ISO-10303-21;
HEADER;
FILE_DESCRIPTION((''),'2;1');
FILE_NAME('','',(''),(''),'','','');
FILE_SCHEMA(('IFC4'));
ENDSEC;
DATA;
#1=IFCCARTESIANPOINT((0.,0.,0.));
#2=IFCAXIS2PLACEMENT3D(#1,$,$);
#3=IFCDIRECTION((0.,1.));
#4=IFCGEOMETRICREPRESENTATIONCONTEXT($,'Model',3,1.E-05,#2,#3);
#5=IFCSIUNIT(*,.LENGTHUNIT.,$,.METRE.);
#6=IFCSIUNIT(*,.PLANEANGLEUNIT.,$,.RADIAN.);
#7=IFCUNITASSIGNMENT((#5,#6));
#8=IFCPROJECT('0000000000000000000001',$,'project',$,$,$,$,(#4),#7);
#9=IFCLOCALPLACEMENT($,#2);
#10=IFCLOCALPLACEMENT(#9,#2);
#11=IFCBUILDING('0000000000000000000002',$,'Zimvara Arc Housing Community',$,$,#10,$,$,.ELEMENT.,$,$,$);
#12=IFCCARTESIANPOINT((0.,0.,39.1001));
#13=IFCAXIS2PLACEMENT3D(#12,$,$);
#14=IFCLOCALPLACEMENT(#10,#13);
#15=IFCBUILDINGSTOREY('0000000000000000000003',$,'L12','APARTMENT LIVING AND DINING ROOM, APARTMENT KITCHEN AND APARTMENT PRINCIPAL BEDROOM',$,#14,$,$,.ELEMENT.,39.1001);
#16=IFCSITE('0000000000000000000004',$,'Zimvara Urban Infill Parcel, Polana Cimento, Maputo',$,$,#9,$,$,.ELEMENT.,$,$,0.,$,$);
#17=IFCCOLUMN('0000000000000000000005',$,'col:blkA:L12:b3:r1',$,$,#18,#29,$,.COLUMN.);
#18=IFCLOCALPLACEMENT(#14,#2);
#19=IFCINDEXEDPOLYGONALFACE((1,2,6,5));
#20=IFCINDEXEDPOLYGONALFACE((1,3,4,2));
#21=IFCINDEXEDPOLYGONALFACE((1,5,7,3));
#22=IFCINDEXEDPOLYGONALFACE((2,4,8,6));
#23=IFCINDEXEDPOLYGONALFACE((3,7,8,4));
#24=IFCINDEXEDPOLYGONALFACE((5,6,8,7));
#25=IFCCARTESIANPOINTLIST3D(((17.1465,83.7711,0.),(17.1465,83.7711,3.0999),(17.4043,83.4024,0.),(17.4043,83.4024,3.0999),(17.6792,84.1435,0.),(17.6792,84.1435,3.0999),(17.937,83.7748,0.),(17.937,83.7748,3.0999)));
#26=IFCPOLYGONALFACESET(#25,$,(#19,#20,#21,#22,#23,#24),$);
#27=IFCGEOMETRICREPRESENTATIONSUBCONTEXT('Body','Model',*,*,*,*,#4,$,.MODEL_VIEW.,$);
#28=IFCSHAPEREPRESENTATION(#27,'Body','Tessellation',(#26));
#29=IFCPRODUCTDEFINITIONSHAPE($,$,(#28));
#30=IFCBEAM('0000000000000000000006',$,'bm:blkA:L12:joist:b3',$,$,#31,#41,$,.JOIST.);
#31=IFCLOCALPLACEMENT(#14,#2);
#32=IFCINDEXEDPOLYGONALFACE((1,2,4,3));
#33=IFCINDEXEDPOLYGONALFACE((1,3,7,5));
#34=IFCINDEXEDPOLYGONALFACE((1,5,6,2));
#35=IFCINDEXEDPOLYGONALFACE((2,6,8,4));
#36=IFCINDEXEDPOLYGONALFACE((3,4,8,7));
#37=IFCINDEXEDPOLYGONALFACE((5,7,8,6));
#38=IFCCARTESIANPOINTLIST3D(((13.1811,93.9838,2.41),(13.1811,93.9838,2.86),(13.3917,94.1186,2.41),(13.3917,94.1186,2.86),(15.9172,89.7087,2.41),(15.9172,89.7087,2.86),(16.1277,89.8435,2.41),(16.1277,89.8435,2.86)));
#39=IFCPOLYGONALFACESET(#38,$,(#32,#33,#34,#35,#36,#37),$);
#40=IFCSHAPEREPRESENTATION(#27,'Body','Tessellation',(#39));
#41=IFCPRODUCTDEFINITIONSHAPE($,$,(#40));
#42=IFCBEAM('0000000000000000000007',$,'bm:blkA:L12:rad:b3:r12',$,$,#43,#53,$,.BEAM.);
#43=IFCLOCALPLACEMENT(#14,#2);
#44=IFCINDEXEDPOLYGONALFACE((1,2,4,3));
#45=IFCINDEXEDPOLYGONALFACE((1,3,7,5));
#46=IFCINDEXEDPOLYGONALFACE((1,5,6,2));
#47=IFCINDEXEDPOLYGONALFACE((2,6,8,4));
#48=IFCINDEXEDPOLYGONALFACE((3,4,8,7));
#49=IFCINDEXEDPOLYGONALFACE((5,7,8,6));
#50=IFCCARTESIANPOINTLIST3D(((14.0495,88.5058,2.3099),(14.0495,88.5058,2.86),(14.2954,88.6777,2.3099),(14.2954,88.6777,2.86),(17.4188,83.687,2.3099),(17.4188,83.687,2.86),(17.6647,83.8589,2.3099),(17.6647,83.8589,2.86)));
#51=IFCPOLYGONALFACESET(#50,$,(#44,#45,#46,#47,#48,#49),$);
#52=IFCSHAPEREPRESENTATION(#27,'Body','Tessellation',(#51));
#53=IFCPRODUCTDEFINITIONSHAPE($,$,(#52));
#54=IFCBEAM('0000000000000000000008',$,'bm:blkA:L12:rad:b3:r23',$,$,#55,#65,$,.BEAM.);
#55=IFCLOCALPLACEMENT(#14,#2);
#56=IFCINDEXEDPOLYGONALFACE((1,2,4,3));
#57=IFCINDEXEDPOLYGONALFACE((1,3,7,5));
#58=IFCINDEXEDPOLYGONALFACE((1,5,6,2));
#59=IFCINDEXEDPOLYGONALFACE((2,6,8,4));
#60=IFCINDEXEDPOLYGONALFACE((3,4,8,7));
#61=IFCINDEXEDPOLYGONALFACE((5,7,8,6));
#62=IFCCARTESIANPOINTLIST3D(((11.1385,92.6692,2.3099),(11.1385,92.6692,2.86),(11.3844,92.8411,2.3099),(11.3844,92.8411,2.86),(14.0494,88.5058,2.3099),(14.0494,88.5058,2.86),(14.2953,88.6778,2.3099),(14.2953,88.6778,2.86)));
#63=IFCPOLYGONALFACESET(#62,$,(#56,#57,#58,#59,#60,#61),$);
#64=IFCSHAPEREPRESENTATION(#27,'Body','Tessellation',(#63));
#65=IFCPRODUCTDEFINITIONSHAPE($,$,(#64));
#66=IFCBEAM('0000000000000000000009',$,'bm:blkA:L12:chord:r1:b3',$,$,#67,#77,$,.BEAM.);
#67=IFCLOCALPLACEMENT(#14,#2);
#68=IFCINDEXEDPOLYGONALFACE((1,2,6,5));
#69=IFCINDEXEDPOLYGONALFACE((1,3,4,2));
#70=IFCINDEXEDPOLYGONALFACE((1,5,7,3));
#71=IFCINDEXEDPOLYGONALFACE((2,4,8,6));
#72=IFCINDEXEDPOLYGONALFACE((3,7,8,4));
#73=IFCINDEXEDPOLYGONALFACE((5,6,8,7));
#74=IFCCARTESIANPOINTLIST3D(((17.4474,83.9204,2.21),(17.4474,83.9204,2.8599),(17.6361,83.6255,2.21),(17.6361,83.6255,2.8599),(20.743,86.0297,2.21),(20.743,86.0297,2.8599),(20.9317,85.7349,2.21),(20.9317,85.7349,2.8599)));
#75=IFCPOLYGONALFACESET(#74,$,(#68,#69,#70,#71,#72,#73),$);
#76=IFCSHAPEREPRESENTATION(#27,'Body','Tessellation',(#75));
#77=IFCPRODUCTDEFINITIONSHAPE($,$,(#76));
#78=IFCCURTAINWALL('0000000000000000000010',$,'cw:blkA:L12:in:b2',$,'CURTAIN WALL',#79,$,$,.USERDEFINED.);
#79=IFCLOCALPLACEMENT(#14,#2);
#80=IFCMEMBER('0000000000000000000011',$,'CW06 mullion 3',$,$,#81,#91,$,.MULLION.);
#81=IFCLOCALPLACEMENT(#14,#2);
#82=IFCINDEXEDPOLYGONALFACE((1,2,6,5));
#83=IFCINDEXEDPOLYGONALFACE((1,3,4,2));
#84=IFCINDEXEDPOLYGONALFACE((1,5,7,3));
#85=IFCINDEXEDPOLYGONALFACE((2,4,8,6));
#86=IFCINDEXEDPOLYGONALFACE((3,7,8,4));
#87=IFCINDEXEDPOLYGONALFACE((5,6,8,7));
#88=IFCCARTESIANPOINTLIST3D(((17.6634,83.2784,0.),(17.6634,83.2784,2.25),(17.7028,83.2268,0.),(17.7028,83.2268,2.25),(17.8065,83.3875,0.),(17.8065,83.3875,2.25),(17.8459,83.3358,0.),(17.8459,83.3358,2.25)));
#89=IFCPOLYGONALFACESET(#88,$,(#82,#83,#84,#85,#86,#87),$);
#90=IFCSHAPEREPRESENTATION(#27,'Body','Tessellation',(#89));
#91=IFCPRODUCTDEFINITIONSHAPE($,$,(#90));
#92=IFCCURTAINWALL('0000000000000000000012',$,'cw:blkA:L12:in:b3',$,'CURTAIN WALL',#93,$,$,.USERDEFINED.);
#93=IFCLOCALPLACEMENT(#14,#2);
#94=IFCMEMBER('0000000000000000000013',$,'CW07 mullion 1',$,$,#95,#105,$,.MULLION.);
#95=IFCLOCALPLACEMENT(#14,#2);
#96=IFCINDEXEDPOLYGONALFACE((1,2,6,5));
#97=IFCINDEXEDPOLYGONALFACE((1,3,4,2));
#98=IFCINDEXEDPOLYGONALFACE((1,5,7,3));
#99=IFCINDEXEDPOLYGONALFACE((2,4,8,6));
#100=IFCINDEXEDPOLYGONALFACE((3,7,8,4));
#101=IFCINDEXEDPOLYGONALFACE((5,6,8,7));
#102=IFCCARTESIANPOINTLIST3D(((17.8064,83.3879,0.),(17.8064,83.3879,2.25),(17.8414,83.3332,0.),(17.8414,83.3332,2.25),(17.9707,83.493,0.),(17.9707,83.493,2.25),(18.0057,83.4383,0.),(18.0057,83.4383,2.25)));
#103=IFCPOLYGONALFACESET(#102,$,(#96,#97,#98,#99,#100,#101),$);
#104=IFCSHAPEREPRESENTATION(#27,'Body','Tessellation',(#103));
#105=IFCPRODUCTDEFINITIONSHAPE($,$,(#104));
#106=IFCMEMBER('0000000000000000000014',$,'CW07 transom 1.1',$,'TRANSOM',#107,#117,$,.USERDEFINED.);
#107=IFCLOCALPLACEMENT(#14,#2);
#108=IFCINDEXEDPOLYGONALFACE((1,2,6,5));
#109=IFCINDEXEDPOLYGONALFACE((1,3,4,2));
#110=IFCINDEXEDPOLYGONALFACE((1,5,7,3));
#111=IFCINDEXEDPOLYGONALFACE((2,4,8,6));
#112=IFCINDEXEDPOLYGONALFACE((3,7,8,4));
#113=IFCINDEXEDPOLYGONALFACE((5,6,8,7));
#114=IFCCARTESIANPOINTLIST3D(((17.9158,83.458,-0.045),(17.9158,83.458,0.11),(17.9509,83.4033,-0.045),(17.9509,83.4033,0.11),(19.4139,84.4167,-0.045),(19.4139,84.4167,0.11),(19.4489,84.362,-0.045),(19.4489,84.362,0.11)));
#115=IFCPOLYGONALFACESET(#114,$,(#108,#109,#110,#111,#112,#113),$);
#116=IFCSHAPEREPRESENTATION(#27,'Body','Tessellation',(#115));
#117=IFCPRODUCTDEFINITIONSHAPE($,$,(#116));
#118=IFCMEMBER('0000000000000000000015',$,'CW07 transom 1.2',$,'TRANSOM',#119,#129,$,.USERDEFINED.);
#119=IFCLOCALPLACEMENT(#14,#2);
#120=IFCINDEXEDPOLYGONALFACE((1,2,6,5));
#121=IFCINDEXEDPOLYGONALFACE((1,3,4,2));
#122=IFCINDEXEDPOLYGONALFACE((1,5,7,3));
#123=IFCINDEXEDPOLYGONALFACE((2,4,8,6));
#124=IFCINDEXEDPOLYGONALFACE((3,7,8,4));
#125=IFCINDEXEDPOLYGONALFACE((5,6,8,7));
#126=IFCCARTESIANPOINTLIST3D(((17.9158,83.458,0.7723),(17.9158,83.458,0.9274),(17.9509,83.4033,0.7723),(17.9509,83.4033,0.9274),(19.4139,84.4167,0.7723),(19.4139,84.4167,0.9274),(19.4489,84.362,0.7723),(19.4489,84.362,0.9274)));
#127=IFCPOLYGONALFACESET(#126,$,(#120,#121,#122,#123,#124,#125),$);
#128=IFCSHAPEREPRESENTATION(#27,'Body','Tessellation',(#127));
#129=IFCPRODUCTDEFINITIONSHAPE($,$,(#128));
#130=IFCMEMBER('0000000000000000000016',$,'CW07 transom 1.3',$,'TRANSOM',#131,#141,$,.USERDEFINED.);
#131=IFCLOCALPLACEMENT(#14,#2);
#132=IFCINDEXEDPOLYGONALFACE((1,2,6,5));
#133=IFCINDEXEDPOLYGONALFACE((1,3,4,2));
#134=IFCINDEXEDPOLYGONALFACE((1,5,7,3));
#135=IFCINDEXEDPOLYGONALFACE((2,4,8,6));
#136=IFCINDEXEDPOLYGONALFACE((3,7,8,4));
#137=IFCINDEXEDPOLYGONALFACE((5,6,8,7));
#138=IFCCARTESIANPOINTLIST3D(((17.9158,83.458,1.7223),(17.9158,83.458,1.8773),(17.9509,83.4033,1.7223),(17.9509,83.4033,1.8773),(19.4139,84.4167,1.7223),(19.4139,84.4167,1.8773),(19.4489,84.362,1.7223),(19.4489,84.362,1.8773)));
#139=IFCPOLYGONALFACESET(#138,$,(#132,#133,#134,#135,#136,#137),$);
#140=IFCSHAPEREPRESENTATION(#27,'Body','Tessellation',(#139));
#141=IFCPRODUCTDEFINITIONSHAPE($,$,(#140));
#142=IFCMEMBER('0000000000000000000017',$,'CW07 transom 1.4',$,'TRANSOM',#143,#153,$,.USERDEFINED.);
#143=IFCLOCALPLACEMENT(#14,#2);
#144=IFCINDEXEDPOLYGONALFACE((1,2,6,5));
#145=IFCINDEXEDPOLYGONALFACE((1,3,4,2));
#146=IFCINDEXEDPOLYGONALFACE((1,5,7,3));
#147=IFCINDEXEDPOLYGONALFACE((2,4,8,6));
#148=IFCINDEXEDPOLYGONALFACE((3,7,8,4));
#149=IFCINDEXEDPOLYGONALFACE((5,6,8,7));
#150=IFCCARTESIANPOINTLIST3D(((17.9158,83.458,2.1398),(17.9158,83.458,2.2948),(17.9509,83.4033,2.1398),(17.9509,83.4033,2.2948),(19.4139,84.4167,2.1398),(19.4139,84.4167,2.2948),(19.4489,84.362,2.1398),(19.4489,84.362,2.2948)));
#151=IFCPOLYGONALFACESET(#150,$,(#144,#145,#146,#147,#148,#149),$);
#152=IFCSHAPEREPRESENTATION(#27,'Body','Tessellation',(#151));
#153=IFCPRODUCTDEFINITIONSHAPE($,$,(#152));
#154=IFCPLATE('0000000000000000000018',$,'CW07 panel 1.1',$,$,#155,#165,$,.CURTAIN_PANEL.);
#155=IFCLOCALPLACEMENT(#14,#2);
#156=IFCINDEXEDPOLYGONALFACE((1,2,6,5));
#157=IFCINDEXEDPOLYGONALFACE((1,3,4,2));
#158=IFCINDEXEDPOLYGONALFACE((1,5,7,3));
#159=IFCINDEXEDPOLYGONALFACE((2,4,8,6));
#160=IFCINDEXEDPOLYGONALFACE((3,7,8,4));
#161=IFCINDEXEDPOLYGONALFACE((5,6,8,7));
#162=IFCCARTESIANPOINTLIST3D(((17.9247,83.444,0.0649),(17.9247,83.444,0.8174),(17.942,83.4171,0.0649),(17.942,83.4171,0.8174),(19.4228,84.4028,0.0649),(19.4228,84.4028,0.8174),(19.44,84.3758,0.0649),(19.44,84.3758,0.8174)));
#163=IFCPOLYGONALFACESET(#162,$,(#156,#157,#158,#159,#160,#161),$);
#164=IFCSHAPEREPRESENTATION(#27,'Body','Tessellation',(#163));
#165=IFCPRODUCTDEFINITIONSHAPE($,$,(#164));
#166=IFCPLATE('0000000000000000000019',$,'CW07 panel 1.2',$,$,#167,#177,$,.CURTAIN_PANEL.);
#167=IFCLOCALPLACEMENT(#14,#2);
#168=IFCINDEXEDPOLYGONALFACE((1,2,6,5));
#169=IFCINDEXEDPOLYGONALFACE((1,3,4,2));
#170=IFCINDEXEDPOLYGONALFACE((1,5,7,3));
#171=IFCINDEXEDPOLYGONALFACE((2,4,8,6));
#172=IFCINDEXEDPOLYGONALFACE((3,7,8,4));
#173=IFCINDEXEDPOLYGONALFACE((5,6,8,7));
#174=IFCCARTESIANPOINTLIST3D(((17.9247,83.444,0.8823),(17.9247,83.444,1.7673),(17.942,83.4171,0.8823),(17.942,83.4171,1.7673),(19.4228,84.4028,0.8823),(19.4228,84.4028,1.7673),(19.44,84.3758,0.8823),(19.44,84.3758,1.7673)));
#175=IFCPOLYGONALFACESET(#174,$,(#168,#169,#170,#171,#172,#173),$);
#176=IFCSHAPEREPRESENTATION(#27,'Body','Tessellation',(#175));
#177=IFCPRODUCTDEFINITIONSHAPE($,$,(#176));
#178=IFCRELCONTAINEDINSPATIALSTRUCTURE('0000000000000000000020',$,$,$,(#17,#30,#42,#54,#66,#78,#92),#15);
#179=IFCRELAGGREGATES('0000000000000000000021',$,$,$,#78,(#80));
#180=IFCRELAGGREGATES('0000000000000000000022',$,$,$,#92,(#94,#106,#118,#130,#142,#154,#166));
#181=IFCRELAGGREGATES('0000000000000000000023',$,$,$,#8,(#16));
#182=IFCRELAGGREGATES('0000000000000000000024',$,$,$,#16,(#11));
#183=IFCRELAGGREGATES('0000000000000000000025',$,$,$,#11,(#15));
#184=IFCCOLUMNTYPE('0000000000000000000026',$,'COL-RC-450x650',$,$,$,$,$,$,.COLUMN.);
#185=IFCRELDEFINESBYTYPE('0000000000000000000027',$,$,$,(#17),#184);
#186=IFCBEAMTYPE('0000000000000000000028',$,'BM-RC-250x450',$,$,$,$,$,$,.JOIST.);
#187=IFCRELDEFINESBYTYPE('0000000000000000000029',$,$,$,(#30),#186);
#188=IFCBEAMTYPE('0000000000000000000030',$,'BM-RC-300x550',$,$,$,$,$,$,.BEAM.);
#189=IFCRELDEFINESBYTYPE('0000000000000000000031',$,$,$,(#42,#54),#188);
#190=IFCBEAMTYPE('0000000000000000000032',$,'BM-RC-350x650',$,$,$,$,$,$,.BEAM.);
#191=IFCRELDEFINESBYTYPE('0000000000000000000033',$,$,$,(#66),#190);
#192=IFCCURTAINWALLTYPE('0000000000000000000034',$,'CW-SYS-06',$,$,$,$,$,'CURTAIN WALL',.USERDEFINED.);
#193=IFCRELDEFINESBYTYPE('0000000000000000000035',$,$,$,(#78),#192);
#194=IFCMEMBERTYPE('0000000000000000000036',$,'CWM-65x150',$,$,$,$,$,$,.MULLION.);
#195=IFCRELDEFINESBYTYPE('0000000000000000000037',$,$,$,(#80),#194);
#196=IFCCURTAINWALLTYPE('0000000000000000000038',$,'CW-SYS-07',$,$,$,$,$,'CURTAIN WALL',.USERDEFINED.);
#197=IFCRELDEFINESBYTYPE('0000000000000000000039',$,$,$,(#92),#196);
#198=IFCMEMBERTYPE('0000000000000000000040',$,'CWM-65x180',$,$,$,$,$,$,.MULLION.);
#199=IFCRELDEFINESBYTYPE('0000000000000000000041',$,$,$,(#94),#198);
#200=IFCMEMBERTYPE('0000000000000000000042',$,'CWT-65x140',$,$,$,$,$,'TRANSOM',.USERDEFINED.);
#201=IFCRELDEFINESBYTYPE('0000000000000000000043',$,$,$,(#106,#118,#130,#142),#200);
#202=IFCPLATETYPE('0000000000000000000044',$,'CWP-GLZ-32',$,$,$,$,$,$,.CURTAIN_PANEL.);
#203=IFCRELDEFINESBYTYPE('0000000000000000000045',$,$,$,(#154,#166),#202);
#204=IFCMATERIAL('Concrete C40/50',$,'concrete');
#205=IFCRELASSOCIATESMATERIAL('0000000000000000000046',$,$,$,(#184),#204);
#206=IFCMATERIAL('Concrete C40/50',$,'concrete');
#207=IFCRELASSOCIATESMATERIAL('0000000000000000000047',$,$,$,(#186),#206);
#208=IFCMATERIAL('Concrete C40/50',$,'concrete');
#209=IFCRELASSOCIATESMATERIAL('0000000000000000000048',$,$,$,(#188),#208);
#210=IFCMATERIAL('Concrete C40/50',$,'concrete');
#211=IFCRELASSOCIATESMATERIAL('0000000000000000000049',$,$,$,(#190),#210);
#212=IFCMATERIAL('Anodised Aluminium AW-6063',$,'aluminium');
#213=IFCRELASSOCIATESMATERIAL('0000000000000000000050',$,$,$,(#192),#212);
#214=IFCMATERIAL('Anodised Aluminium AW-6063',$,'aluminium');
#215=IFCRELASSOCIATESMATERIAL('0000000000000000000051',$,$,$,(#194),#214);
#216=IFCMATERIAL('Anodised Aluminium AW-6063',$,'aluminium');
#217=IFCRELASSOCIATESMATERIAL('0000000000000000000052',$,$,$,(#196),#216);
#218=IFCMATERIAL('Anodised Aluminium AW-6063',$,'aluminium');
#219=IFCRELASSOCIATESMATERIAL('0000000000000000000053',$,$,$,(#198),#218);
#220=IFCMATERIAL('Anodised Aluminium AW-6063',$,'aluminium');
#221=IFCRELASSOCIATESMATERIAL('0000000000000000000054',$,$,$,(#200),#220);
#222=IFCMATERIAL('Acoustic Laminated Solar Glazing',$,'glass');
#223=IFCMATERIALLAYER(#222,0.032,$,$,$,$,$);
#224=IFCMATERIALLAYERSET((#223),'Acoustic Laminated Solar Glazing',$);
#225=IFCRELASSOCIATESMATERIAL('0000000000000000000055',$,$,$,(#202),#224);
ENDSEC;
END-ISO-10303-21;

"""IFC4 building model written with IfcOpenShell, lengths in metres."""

from ifc_helpers import new_model, si_unit, direction, frame, origin, origin_2d, place, context, subcontext, project, spatial, rectangle, extrude, material, layer, layer_set, material_profile, profile_set, type_object, element, aggregate, save


model = new_model("IFC4")

# Units and contexts
model_context = context("Model", 3, precision=1e-05, world=origin(), true_north=direction((0.0, 1.0)))
body_context = subcontext(model_context, "Body", "Model", "MODEL_VIEW")
ifc_project = project(units=[si_unit("LENGTHUNIT", "METRE"), si_unit("PLANEANGLEUNIT", "RADIAN")], contexts=[model_context])

# Site, building, storey
site_placement = place(None, origin())
site = spatial("IfcSite", under=ifc_project, at=site_placement, Name="Zimvara Urban Infill Parcel, Polana Cimento, Maputo", CompositionType="ELEMENT", RefElevation=0.0)
building_placement = place(site_placement, origin())
building = spatial("IfcBuilding", under=site, at=building_placement, Name="Zimvara Arc Housing Community", CompositionType="ELEMENT")
storey_placement = place(building_placement, frame((0.0, 0.0, 39.1001)))
storey = spatial("IfcBuildingStorey", under=building, at=storey_placement, Name="L12", Description="APARTMENT LIVING AND DINING ROOM, APARTMENT KITCHEN AND APARTMENT PRINCIPAL BEDROOM", CompositionType="ELEMENT", Elevation=39.1001)

# Column
ifc_material_1 = material(Name="Concrete C40/50", Category="concrete")
ifc_material_profile_1 = material_profile(ifc_material_1, rectangle(XDim=0.45, YDim=0.6499, at=origin_2d()), Name="RC 450x650")
ifc_profile_set_1 = profile_set([ifc_material_profile_1], Name="Concrete C40/50")
column_type = type_object("IfcColumnType", Name="COL-RC-450x650", PredefinedType="COLUMN", material=ifc_profile_set_1)
column_placement = place(storey_placement, frame((17.5417, 83.7729, 0.0), z_axis=(0.0, 0.0, 1.0), x_axis=(-0.573004, 0.819552, 0.0)))
element("IfcColumn", 1, at=column_placement, inside=storey, type_object=column_type, Name="col:blkA:L12:b3:r1", PredefinedType="COLUMN", context=body_context, shape_type="SweptSolid", body=[
    extrude(rectangle(XDim=0.45, YDim=0.6499, at=origin_2d()), origin(), (0.0, 0.0, 1.0), 3.0999),
])

# Beams
ifc_material_2 = material(Name="Concrete C40/50", Category="concrete")
ifc_material_profile_2 = material_profile(ifc_material_2, rectangle(XDim=0.25, YDim=0.45, at=origin_2d()), Name="RC 250x450")
ifc_profile_set_2 = profile_set([ifc_material_profile_2], Name="Concrete C40/50")
beam_type_1 = type_object("IfcBeamType", Name="BM-RC-250x450", PredefinedType="JOIST", material=ifc_profile_set_2)
beam_1_placement = place(storey_placement, frame((16.0225, 89.7761, 2.635), z_axis=(-0.539052, 0.842272, 0.0), x_axis=(-0.842272, -0.539052, 0.0)))
element("IfcBeam", 2, at=beam_1_placement, inside=storey, type_object=beam_type_1, Name="bm:blkA:L12:joist:b3", PredefinedType="JOIST", context=body_context, shape_type="SweptSolid", body=[
    extrude(rectangle(XDim=0.25, YDim=0.45, at=origin_2d()), origin(), (0.0, 0.0, 1.0), 5.0757),
])
ifc_material_3 = material(Name="Concrete C40/50", Category="concrete")
ifc_material_profile_3 = material_profile(ifc_material_3, rectangle(XDim=0.3, YDim=0.55, at=origin_2d()), Name="RC 300x550")
ifc_profile_set_3 = profile_set([ifc_material_profile_3], Name="Concrete C40/50")
beam_type_2 = type_object("IfcBeamType", Name="BM-RC-300x550", PredefinedType="BEAM", material=ifc_profile_set_3)
beam_2_placement = place(storey_placement, frame((17.5417, 83.7729, 2.585), z_axis=(-0.573028, 0.819536, 0.0), x_axis=(-0.819536, -0.573028, 0.0)))
element("IfcBeam", 3, at=beam_2_placement, inside=storey, type_object=beam_type_2, Name="bm:blkA:L12:rad:b3:r12", PredefinedType="BEAM", context=body_context, shape_type="SweptSolid", body=[
    extrude(rectangle(XDim=0.3, YDim=0.55, at=origin_2d()), origin(), (0.0, 0.0, 1.0), 5.8799),
])
beam_3_placement = place(storey_placement, frame((14.1724, 88.5918, 2.585), z_axis=(-0.573007, 0.81955, 0.0), x_axis=(-0.81955, -0.573007, 0.0)))
element("IfcBeam", 4, at=beam_3_placement, inside=storey, type_object=beam_type_2, Name="bm:blkA:L12:rad:b3:r23", PredefinedType="BEAM", context=body_context, shape_type="SweptSolid", body=[
    extrude(rectangle(XDim=0.3, YDim=0.55, at=origin_2d()), origin(), (0.0, 0.0, 1.0), 5.0801),
])
ifc_material_4 = material(Name="Concrete C40/50", Category="concrete")
ifc_material_profile_4 = material_profile(ifc_material_4, rectangle(XDim=0.3501, YDim=0.6499, at=origin_2d()), Name="RC 350x650")
ifc_profile_set_4 = profile_set([ifc_material_profile_4], Name="Concrete C40/50")
beam_type_3 = type_object("IfcBeamType", Name="BM-RC-350x650", PredefinedType="BEAM", material=ifc_profile_set_4)
beam_4_placement = place(storey_placement, frame((17.5417, 83.7729, 2.5349), z_axis=(0.842253, 0.539082, 0.0), x_axis=(-0.539082, 0.842253, 0.0)))
element("IfcBeam", 5, at=beam_4_placement, inside=storey, type_object=beam_type_3, Name="bm:blkA:L12:chord:r1:b3", PredefinedType="BEAM", context=body_context, shape_type="SweptSolid", body=[
    extrude(rectangle(XDim=0.3501, YDim=0.6499, at=origin_2d()), origin(), (0.0, 0.0, 1.0), 3.9128),
])

# Curtain wall, member
ifc_material_5 = material(Name="Anodised Aluminium AW-6063", Category="aluminium")
curtain_wall_type_1 = type_object("IfcCurtainWallType", Name="CW-SYS-06", ElementType="CURTAIN WALL", PredefinedType="USERDEFINED", material=ifc_material_5)
curtain_wall_1_placement = place(storey_placement, origin())
curtain_wall_1 = element("IfcCurtainWall", 6, at=curtain_wall_1_placement, inside=storey, type_object=curtain_wall_type_1, Name="cw:blkA:L12:in:b2", ObjectType="CURTAIN WALL", PredefinedType="USERDEFINED")
ifc_material_6 = material(Name="Anodised Aluminium AW-6063", Category="aluminium")
ifc_material_profile_5 = material_profile(ifc_material_6, rectangle(XDim=0.0649, YDim=0.1799, at=origin_2d()), Name="ALU 65x180")
ifc_profile_set_5 = profile_set([ifc_material_profile_5], Name="Anodised Aluminium AW-6063")
member_type_1 = type_object("IfcMemberType", Name="CWM-65x150", PredefinedType="MULLION", material=ifc_profile_set_5)
member_1_placement = place(storey_placement, frame((17.7546, 83.3071, 0.0), z_axis=(0.0, 0.0, 1.0), x_axis=(-0.605988, 0.795474, 0.0)))
member_1 = element("IfcMember", 7, at=member_1_placement, type_object=member_type_1, Name="CW06 mullion 3", PredefinedType="MULLION", context=body_context, shape_type="SweptSolid", body=[
    extrude(rectangle(XDim=0.0649, YDim=0.1799, at=origin_2d()), origin(), (0.0, 0.0, 1.0), 2.25),
])
aggregate(curtain_wall_1, [member_1])

# Curtain wall, members, plates
ifc_material_7 = material(Name="Anodised Aluminium AW-6063", Category="aluminium")
curtain_wall_type_2 = type_object("IfcCurtainWallType", Name="CW-SYS-07", ElementType="CURTAIN WALL", PredefinedType="USERDEFINED", material=ifc_material_7)
curtain_wall_2_placement = place(storey_placement, origin())
curtain_wall_2 = element("IfcCurtainWall", 8, at=curtain_wall_2_placement, inside=storey, type_object=curtain_wall_type_2, Name="cw:blkA:L12:in:b3", ObjectType="CURTAIN WALL", PredefinedType="USERDEFINED")
ifc_material_8 = material(Name="Anodised Aluminium AW-6063", Category="aluminium")
ifc_material_profile_6 = material_profile(ifc_material_8, rectangle(XDim=0.0649, YDim=0.1951, at=origin_2d()), Name="ALU 65x195")
ifc_profile_set_6 = profile_set([ifc_material_profile_6], Name="Anodised Aluminium AW-6063")
member_type_2 = type_object("IfcMemberType", Name="CWM-65x180", PredefinedType="MULLION", material=ifc_profile_set_6)
member_2_placement = place(storey_placement, frame((17.906, 83.4131, 0.0), z_axis=(0.0, 0.0, 1.0), x_axis=(-0.539065, 0.842264, 0.0)))
member_2 = element("IfcMember", 9, at=member_2_placement, type_object=member_type_2, Name="CW07 mullion 1", PredefinedType="MULLION", context=body_context, shape_type="SweptSolid", body=[
    extrude(rectangle(XDim=0.0649, YDim=0.1951, at=origin_2d()), origin(), (0.0, 0.0, 1.0), 2.25),
])
ifc_material_9 = material(Name="Anodised Aluminium AW-6063", Category="aluminium")
ifc_material_profile_7 = material_profile(ifc_material_9, rectangle(XDim=0.0649, YDim=0.155, at=origin_2d()), Name="ALU 65x155")
ifc_profile_set_7 = profile_set([ifc_material_profile_7], Name="Anodised Aluminium AW-6063")
member_type_3 = type_object("IfcMemberType", Name="CWT-65x140", ElementType="TRANSOM", PredefinedType="USERDEFINED", material=ifc_profile_set_7)
member_3_placement = place(storey_placement, frame((17.9333, 83.4307, 0.0325), z_axis=(0.842274, 0.53905, 0.0), x_axis=(-0.53905, 0.842274, 0.0)))
member_3 = element("IfcMember", 10, at=member_3_placement, type_object=member_type_3, Name="CW07 transom 1.1", ObjectType="TRANSOM", PredefinedType="USERDEFINED", context=body_context, shape_type="SweptSolid", body=[
    extrude(rectangle(XDim=0.0649, YDim=0.155, at=origin_2d()), origin(), (0.0, 0.0, 1.0), 1.7786),
])
member_4_placement = place(storey_placement, frame((17.9333, 83.4307, 0.8499), z_axis=(0.842274, 0.53905, 0.0), x_axis=(-0.53905, 0.842274, 0.0)))
member_4 = element("IfcMember", 11, at=member_4_placement, type_object=member_type_3, Name="CW07 transom 1.2", ObjectType="TRANSOM", PredefinedType="USERDEFINED", context=body_context, shape_type="SweptSolid", body=[
    extrude(rectangle(XDim=0.0649, YDim=0.155, at=origin_2d()), origin(), (0.0, 0.0, 1.0), 1.7786),
])
member_5_placement = place(storey_placement, frame((17.9333, 83.4307, 1.7998), z_axis=(0.842274, 0.53905, 0.0), x_axis=(-0.53905, 0.842274, 0.0)))
member_5 = element("IfcMember", 12, at=member_5_placement, type_object=member_type_3, Name="CW07 transom 1.3", ObjectType="TRANSOM", PredefinedType="USERDEFINED", context=body_context, shape_type="SweptSolid", body=[
    extrude(rectangle(XDim=0.0649, YDim=0.155, at=origin_2d()), origin(), (0.0, 0.0, 1.0), 1.7786),
])
member_6_placement = place(storey_placement, frame((17.9333, 83.4307, 2.2173), z_axis=(0.842274, 0.53905, 0.0), x_axis=(-0.53905, 0.842274, 0.0)))
member_6 = element("IfcMember", 13, at=member_6_placement, type_object=member_type_3, Name="CW07 transom 1.4", ObjectType="TRANSOM", PredefinedType="USERDEFINED", context=body_context, shape_type="SweptSolid", body=[
    extrude(rectangle(XDim=0.0649, YDim=0.155, at=origin_2d()), origin(), (0.0, 0.0, 1.0), 1.7786),
])
ifc_material_10 = material(Name="Acoustic Laminated Solar Glazing", Category="glass")
ifc_layer_1 = layer(ifc_material_10, 0.032)
ifc_layer_set_1 = layer_set([ifc_layer_1], Name="Acoustic Laminated Solar Glazing")
plate_type = type_object("IfcPlateType", Name="CWP-GLZ-32", PredefinedType="CURTAIN_PANEL", material=ifc_layer_set_1)
plate_1_placement = place(storey_placement, frame((18.6824, 83.9099, 0.0649), z_axis=(0.0, 0.0, 1.0), x_axis=(0.842264, 0.539065, 0.0)))
plate_1 = element("IfcPlate", 14, at=plate_1_placement, type_object=plate_type, Name="CW07 panel 1.1", PredefinedType="CURTAIN_PANEL", context=body_context, shape_type="SweptSolid", body=[
    extrude(rectangle(XDim=1.7786, YDim=0.032, at=origin_2d()), origin(), (0.0, 0.0, 1.0), 0.7524),
])
plate_2_placement = place(storey_placement, frame((18.6824, 83.9099, 0.8823), z_axis=(0.0, 0.0, 1.0), x_axis=(0.842264, 0.539065, 0.0)))
plate_2 = element("IfcPlate", 15, at=plate_2_placement, type_object=plate_type, Name="CW07 panel 1.2", PredefinedType="CURTAIN_PANEL", context=body_context, shape_type="SweptSolid", body=[
    extrude(rectangle(XDim=1.7786, YDim=0.032, at=origin_2d()), origin(), (0.0, 0.0, 1.0), 0.885),
])
aggregate(curtain_wall_2, [member_2, member_3, member_4, member_5, member_6, plate_1, plate_2])

save(model, "model.ifc")
